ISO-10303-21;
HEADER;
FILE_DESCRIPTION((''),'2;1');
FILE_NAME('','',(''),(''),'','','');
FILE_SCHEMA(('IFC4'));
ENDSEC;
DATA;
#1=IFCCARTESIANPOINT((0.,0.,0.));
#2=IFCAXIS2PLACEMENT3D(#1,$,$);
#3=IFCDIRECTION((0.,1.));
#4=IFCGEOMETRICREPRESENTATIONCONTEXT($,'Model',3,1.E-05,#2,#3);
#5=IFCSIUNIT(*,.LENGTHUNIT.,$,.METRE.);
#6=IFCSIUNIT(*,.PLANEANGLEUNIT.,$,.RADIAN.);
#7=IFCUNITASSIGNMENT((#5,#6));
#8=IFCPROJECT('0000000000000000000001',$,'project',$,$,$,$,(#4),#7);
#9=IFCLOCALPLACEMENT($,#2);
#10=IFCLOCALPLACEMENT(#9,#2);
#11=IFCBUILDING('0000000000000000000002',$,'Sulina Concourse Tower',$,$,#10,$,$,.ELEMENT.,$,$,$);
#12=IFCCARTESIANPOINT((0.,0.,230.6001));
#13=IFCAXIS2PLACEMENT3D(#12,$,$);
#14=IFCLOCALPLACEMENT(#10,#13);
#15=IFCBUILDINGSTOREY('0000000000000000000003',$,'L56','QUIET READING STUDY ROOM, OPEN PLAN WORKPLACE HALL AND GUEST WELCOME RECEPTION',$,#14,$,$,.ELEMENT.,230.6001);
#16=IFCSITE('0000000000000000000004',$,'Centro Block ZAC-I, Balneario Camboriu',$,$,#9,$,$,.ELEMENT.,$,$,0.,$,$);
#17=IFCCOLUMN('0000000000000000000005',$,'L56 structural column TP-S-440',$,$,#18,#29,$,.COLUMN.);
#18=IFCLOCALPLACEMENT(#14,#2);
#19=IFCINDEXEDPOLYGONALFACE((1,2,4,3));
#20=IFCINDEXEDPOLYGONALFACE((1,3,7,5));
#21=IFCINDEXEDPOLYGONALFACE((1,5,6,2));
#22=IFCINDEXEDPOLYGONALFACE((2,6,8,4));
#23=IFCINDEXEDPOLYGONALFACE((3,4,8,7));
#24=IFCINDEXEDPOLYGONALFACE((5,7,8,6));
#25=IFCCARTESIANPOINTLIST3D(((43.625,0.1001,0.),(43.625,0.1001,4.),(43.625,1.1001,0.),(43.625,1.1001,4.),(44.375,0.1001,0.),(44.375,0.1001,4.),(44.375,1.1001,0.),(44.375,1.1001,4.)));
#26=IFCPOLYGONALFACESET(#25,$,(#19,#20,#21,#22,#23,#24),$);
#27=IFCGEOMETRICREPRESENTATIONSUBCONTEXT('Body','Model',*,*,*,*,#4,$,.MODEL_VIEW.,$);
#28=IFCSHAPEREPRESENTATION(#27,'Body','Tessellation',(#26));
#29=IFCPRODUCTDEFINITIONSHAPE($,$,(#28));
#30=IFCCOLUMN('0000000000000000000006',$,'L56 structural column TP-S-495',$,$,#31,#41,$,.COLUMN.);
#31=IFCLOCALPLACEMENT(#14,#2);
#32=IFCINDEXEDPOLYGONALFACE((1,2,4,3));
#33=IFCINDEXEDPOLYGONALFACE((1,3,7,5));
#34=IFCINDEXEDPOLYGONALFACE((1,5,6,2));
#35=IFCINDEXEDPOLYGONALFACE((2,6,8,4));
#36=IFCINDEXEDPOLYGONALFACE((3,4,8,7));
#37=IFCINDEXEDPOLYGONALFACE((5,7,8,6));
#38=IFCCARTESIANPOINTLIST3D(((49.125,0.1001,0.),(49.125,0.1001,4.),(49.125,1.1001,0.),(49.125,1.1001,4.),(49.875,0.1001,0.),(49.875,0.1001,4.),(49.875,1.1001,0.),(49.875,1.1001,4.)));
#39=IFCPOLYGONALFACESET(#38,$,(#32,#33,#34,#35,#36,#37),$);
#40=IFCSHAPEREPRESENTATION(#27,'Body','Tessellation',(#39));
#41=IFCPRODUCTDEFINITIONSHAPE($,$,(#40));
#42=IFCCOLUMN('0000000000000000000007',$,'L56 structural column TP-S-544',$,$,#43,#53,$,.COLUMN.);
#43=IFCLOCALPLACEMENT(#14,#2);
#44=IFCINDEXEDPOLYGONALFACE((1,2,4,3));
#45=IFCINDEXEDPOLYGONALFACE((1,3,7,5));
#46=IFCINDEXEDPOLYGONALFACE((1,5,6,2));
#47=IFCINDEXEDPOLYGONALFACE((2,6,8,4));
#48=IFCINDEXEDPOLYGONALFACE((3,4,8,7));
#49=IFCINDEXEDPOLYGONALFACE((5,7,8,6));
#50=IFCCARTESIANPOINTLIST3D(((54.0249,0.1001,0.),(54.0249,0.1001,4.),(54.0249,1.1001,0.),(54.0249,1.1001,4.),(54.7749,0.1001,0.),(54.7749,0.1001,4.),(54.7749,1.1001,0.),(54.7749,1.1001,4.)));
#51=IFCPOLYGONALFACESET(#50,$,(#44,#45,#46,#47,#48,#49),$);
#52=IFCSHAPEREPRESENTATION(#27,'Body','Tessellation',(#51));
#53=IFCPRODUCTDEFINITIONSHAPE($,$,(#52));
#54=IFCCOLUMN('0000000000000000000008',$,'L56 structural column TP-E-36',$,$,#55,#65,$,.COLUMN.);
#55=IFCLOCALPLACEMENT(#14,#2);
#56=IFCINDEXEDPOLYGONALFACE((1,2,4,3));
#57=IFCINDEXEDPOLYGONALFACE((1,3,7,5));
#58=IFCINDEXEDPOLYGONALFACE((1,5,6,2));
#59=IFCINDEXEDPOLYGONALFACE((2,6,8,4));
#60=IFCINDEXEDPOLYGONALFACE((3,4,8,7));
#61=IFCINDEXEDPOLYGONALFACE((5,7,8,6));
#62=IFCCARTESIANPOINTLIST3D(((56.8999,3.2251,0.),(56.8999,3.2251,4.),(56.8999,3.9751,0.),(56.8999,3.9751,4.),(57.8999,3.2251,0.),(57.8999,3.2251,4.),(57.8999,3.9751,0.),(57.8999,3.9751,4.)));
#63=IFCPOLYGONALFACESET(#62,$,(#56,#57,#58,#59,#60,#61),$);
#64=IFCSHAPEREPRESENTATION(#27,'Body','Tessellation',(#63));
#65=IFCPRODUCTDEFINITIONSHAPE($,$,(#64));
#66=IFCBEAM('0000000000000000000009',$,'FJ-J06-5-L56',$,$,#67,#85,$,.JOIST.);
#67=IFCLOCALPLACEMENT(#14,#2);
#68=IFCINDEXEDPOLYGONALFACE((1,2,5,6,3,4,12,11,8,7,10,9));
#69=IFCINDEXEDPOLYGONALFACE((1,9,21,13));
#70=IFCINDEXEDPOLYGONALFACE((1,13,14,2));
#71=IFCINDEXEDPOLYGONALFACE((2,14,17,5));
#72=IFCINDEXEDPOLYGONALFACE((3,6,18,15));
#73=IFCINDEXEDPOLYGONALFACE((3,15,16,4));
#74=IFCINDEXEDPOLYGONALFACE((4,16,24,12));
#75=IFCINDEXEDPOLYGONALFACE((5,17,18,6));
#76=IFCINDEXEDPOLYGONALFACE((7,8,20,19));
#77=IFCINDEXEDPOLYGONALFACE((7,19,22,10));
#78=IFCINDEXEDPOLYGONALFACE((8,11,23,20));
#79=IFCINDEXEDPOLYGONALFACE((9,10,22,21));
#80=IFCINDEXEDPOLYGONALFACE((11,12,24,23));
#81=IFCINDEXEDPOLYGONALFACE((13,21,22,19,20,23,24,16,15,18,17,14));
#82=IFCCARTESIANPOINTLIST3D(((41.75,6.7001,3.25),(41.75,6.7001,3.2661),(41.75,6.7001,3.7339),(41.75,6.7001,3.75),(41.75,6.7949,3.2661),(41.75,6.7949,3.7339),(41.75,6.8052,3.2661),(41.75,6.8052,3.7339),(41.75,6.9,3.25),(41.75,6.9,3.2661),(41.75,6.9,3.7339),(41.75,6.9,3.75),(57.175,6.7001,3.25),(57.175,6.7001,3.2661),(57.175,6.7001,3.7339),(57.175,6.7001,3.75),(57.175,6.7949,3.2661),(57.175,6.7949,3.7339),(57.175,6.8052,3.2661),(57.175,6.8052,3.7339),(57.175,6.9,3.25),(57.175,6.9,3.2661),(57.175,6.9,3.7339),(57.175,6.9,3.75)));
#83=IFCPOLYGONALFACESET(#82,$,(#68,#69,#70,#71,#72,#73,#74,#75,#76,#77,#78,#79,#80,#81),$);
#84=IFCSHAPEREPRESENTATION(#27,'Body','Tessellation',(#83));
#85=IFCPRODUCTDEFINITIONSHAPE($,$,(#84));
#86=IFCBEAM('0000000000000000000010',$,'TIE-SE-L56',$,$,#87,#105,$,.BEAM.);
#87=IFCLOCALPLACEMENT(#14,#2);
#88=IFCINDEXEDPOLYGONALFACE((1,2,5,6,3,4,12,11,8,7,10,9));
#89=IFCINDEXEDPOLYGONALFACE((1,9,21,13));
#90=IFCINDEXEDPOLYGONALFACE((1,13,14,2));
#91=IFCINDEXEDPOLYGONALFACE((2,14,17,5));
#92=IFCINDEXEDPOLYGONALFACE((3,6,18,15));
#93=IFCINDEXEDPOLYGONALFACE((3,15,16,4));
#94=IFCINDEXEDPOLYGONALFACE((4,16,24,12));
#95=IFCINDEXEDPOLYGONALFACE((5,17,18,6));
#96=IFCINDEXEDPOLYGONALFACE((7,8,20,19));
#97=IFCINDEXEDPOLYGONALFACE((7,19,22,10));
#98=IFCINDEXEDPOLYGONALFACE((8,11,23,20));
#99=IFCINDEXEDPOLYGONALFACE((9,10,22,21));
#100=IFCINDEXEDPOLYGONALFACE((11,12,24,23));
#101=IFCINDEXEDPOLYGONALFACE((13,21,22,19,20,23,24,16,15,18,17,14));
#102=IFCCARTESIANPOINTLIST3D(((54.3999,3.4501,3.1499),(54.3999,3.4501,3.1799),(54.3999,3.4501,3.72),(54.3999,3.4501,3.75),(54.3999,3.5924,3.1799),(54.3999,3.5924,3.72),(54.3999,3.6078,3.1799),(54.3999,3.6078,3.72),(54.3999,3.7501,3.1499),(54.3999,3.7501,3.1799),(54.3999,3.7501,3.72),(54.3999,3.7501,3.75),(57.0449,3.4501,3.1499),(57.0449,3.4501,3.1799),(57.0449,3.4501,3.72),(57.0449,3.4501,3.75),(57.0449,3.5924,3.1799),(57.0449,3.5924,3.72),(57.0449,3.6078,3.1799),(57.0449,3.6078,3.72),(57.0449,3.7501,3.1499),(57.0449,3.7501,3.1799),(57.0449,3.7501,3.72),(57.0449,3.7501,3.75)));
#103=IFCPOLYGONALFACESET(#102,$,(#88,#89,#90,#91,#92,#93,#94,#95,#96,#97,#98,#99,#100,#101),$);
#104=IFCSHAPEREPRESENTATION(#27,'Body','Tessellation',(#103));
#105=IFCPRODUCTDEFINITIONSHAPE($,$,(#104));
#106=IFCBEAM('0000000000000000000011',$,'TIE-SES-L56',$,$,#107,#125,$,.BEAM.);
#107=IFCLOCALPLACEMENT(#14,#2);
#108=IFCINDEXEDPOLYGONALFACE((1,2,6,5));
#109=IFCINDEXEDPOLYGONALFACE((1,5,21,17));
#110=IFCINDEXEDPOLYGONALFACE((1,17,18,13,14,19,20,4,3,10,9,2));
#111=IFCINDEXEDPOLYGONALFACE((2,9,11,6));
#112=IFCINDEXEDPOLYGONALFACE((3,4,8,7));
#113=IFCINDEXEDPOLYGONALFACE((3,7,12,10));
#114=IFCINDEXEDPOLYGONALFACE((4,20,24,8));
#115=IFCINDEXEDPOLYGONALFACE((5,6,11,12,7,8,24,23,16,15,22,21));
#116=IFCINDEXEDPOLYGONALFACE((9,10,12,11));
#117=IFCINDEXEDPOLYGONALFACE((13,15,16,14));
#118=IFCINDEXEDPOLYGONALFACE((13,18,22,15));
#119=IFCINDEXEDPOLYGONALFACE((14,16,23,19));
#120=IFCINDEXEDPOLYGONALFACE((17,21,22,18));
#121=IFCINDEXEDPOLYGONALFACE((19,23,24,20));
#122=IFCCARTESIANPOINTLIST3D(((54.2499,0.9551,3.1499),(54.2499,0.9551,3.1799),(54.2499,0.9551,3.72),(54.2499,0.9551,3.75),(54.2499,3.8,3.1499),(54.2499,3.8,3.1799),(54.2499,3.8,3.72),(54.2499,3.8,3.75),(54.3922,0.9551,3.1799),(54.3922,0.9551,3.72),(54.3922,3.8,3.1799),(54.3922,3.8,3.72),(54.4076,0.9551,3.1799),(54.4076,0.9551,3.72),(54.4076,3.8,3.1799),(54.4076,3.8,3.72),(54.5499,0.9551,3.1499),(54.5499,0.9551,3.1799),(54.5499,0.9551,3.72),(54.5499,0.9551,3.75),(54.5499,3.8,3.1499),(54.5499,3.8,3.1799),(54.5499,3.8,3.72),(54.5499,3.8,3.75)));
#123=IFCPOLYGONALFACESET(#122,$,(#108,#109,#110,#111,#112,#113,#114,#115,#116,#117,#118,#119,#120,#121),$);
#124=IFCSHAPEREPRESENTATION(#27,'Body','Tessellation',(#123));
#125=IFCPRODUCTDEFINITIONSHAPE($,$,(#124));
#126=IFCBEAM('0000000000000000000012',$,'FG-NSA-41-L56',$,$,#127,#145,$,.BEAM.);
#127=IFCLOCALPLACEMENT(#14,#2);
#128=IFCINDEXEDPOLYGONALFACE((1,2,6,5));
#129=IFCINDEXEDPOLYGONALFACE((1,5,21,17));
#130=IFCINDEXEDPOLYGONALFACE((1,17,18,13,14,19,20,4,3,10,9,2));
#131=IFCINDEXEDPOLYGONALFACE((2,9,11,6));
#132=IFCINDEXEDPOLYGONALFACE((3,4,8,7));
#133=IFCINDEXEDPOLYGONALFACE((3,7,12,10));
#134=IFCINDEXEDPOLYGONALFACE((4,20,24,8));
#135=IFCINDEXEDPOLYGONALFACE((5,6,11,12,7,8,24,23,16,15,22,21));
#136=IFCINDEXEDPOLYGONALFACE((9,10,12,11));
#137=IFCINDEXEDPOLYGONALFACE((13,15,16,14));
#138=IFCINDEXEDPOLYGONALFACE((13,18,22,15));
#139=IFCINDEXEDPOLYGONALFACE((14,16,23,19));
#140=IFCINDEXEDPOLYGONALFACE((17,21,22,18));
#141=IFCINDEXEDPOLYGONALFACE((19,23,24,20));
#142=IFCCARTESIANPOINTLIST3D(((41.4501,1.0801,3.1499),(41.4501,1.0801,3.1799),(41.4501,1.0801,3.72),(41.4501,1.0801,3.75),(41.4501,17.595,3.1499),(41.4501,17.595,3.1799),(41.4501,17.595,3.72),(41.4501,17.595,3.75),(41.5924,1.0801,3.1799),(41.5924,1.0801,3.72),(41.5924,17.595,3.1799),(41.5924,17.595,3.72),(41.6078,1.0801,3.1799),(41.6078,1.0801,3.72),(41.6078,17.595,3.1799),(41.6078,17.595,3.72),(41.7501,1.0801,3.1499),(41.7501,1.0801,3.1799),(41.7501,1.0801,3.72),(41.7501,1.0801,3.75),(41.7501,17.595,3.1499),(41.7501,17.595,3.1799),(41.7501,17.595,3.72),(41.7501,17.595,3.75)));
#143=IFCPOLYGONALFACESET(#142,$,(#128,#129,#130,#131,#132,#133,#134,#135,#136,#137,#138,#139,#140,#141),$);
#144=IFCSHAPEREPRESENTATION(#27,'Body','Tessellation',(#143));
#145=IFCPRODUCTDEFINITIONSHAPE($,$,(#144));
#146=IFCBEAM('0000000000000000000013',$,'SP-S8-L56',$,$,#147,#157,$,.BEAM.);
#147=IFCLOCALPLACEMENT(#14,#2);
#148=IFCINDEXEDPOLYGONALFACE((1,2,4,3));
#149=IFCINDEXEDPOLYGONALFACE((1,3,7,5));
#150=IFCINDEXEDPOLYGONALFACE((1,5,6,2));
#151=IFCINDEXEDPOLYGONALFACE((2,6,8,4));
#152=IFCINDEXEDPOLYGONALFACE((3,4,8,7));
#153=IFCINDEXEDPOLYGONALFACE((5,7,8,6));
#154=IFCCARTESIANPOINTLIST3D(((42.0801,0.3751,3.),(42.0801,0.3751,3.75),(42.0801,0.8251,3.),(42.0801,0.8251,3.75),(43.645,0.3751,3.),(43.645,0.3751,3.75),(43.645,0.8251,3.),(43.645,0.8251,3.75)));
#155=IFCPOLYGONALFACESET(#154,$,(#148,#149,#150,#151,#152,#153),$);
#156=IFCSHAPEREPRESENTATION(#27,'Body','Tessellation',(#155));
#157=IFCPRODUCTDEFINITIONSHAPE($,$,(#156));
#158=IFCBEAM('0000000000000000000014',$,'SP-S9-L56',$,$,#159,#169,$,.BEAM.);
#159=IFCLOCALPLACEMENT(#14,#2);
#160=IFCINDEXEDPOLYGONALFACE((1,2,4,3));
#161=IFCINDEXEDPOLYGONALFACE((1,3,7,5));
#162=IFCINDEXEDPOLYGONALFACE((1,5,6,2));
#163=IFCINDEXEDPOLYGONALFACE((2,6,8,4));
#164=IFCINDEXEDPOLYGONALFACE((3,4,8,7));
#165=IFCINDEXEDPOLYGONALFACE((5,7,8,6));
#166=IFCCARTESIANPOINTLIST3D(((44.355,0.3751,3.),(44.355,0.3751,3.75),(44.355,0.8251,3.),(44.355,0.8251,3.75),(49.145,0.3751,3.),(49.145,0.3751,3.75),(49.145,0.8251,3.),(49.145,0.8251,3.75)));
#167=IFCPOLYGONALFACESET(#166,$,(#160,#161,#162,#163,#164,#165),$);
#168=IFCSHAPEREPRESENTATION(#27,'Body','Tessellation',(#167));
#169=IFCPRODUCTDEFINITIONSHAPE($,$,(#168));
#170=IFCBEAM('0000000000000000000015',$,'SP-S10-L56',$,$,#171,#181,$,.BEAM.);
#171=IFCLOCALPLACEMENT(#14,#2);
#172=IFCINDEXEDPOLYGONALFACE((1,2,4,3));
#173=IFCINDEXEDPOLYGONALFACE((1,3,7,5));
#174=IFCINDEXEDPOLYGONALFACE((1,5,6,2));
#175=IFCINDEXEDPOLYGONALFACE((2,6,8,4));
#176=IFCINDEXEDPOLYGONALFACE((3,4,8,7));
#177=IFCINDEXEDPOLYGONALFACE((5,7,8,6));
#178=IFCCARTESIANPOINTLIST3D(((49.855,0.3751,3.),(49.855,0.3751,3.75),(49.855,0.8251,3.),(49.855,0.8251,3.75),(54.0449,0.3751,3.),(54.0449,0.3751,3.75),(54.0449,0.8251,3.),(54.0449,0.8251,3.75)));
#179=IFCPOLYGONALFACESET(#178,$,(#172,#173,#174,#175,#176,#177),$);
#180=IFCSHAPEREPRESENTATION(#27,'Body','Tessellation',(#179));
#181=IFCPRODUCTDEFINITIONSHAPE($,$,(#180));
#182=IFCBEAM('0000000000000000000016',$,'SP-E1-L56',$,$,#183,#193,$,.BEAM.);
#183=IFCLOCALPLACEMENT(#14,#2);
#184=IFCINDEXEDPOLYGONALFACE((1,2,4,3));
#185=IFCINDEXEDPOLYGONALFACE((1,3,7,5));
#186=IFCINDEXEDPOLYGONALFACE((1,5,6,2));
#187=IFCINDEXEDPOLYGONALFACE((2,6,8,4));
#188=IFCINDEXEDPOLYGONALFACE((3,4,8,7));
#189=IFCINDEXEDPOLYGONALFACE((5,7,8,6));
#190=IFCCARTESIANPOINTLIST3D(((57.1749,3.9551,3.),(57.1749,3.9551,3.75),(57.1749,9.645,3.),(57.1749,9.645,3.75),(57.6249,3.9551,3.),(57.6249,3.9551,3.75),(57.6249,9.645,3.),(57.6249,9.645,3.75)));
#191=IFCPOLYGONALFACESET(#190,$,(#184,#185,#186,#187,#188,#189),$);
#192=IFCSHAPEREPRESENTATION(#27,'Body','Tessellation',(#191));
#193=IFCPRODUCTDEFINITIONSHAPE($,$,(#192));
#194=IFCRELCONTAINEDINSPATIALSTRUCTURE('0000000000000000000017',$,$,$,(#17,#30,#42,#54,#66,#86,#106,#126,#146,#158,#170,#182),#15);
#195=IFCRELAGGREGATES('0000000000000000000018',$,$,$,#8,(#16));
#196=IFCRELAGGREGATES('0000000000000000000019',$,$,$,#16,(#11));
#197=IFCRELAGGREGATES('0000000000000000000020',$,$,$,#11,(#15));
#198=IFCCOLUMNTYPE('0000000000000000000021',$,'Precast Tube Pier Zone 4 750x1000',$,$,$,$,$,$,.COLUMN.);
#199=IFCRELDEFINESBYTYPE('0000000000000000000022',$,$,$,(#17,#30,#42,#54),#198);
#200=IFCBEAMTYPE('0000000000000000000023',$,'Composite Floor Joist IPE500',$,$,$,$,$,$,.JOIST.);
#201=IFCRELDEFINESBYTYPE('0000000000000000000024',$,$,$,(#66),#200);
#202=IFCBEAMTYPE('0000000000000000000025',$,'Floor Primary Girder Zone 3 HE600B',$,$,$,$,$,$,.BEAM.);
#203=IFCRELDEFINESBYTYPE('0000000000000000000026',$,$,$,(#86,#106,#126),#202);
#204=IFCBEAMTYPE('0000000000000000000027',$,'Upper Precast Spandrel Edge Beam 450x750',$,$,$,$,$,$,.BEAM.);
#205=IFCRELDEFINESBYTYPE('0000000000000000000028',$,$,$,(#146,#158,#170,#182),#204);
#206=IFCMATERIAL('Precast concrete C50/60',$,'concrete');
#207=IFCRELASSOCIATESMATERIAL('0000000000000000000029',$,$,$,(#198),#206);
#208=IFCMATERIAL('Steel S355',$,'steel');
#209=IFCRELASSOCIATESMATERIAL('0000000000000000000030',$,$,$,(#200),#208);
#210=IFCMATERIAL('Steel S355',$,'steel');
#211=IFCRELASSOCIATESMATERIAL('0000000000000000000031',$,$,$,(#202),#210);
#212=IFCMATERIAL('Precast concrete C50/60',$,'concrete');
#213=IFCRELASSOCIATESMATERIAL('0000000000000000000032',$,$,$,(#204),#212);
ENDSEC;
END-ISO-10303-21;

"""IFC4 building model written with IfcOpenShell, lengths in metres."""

from ifc_helpers import new_model, si_unit, direction, frame, origin, origin_2d, place, context, subcontext, project, spatial, rectangle, i_section, extrude, material, material_profile, profile_set, type_object, element, save


model = new_model("IFC4")

# Units and contexts
model_context = context("Model", 3, precision=1e-05, world=origin(), true_north=direction((0.0, 1.0)))
body_context = subcontext(model_context, "Body", "Model", "MODEL_VIEW")
ifc_project = project(units=[si_unit("LENGTHUNIT", "METRE"), si_unit("PLANEANGLEUNIT", "RADIAN")], contexts=[model_context])

# Site, building, storey
site_placement = place(None, origin())
site = spatial("IfcSite", under=ifc_project, at=site_placement, Name="Centro Block ZAC-I, Balneario Camboriu", CompositionType="ELEMENT", RefElevation=0.0)
building_placement = place(site_placement, origin())
building = spatial("IfcBuilding", under=site, at=building_placement, Name="Sulina Concourse Tower", CompositionType="ELEMENT")
storey_placement = place(building_placement, frame((0.0, 0.0, 230.6001)))
storey = spatial("IfcBuildingStorey", under=building, at=storey_placement, Name="L56", Description="QUIET READING STUDY ROOM, OPEN PLAN WORKPLACE HALL AND GUEST WELCOME RECEPTION", CompositionType="ELEMENT", Elevation=230.6001)

# Columns
ifc_material_1 = material(Name="Precast concrete C50/60", Category="concrete")
ifc_material_profile_1 = material_profile(ifc_material_1, rectangle(XDim=0.75, YDim=1.0, at=origin_2d()), Name="PC 750x1000")
ifc_profile_set_1 = profile_set([ifc_material_profile_1], Name="Precast concrete C50/60")
column_type = type_object("IfcColumnType", Name="Precast Tube Pier Zone 4 750x1000", PredefinedType="COLUMN", material=ifc_profile_set_1)
for number, where, z_axis, x_axis, name in (
    (1, (44.0, 0.6001, 0.0), (0.0, 0.0, 1.0), (1.0, 0.0, 0.0), "L56 structural column TP-S-440"),
    (2, (49.5, 0.6001, 0.0), (0.0, 0.0, 1.0), (1.0, 0.0, 0.0), "L56 structural column TP-S-495"),
    (3, (54.3999, 0.6001, 0.0), (0.0, 0.0, 1.0), (1.0, 0.0, 0.0), "L56 structural column TP-S-544"),
    (4, (57.3999, 3.6001, 0.0), (0.0, 0.0, 1.0), (0.0, 1.0, 0.0), "L56 structural column TP-E-36"),
):
    element("IfcColumn", number, at=place(storey_placement, frame(where, z_axis=z_axis, x_axis=x_axis)), inside=storey, type_object=column_type, Name=name, PredefinedType="COLUMN", context=body_context, shape_type="SweptSolid", body=[
        extrude(rectangle(XDim=0.75, YDim=1.0, at=origin_2d()), origin(), (0.0, 0.0, 1.0), 4.0),
    ])

# Beams
ifc_material_2 = material(Name="Steel S355", Category="steel")
ifc_material_profile_2 = material_profile(ifc_material_2, i_section(OverallWidth=0.2, OverallDepth=0.5, WebThickness=0.0103, FlangeThickness=0.0161, at=origin_2d()), Name="IPE 500")
ifc_profile_set_2 = profile_set([ifc_material_profile_2], Name="Steel S355")
beam_type_1 = type_object("IfcBeamType", Name="Composite Floor Joist IPE500", PredefinedType="JOIST", material=ifc_profile_set_2)
beam_1_placement = place(storey_placement, frame((41.75, 6.8, 3.5), z_axis=(1.0, 0.0, 0.0), x_axis=(0.0, 1.0, 0.0)))
element("IfcBeam", 5, at=beam_1_placement, inside=storey, type_object=beam_type_1, Name="FJ-J06-5-L56", PredefinedType="JOIST", context=body_context, shape_type="SweptSolid", body=[
    extrude(i_section(OverallWidth=0.2, OverallDepth=0.5, WebThickness=0.0103, FlangeThickness=0.0161, at=origin_2d()), origin(), (0.0, 0.0, 1.0), 15.425),
])
ifc_material_3 = material(Name="Steel S355", Category="steel")
ifc_material_profile_3 = material_profile(ifc_material_3, i_section(OverallWidth=0.3, OverallDepth=0.6001, WebThickness=0.0154, FlangeThickness=0.03, at=origin_2d()), Name="HE 600 B")
ifc_profile_set_3 = profile_set([ifc_material_profile_3], Name="Steel S355")
beam_type_2 = type_object("IfcBeamType", Name="Floor Primary Girder Zone 3 HE600B", PredefinedType="BEAM", material=ifc_profile_set_3)
beam_2_placement = place(storey_placement, frame((54.3999, 3.6001, 3.45), z_axis=(1.0, 0.0, 0.0), x_axis=(0.0, 1.0, 0.0)))
element("IfcBeam", 6, at=beam_2_placement, inside=storey, type_object=beam_type_2, Name="TIE-SE-L56", PredefinedType="BEAM", context=body_context, shape_type="SweptSolid", body=[
    extrude(i_section(OverallWidth=0.3, OverallDepth=0.6001, WebThickness=0.0154, FlangeThickness=0.03, at=origin_2d()), origin(), (0.0, 0.0, 1.0), 2.645),
])
beam_3_placement = place(storey_placement, frame((54.3999, 0.9551, 3.45), z_axis=(0.0, 1.0, 0.0), x_axis=(-1.0, 0.0, 0.0)))
element("IfcBeam", 7, at=beam_3_placement, inside=storey, type_object=beam_type_2, Name="TIE-SES-L56", PredefinedType="BEAM", context=body_context, shape_type="SweptSolid", body=[
    extrude(i_section(OverallWidth=0.3, OverallDepth=0.6001, WebThickness=0.0154, FlangeThickness=0.03, at=origin_2d()), origin(), (0.0, 0.0, 1.0), 2.845),
])
beam_4_placement = place(storey_placement, frame((41.6001, 1.0801, 3.45), z_axis=(0.0, 1.0, 0.0), x_axis=(-1.0, 0.0, 0.0)))
element("IfcBeam", 8, at=beam_4_placement, inside=storey, type_object=beam_type_2, Name="FG-NSA-41-L56", PredefinedType="BEAM", context=body_context, shape_type="SweptSolid", body=[
    extrude(i_section(OverallWidth=0.3, OverallDepth=0.6001, WebThickness=0.0154, FlangeThickness=0.03, at=origin_2d()), origin(), (0.0, 0.0, 1.0), 16.5149),
])
ifc_material_4 = material(Name="Precast concrete C50/60", Category="concrete")
ifc_material_profile_4 = material_profile(ifc_material_4, rectangle(XDim=0.45, YDim=0.75, at=origin_2d()), Name="RC 450x750")
ifc_profile_set_4 = profile_set([ifc_material_profile_4], Name="Precast concrete C50/60")
beam_type_3 = type_object("IfcBeamType", Name="Upper Precast Spandrel Edge Beam 450x750", PredefinedType="BEAM", material=ifc_profile_set_4)
beam_5_placement = place(storey_placement, frame((42.0801, 0.6001, 3.375), z_axis=(1.0, 0.0, 0.0), x_axis=(0.0, 1.0, 0.0)))
element("IfcBeam", 9, at=beam_5_placement, inside=storey, type_object=beam_type_3, Name="SP-S8-L56", PredefinedType="BEAM", context=body_context, shape_type="SweptSolid", body=[
    extrude(rectangle(XDim=0.45, YDim=0.75, at=origin_2d()), origin(), (0.0, 0.0, 1.0), 1.5649),
])
beam_6_placement = place(storey_placement, frame((44.355, 0.6001, 3.375), z_axis=(1.0, 0.0, 0.0), x_axis=(0.0, 1.0, 0.0)))
element("IfcBeam", 10, at=beam_6_placement, inside=storey, type_object=beam_type_3, Name="SP-S9-L56", PredefinedType="BEAM", context=body_context, shape_type="SweptSolid", body=[
    extrude(rectangle(XDim=0.45, YDim=0.75, at=origin_2d()), origin(), (0.0, 0.0, 1.0), 4.79),
])
beam_7_placement = place(storey_placement, frame((49.855, 0.6001, 3.375), z_axis=(1.0, 0.0, 0.0), x_axis=(0.0, 1.0, 0.0)))
element("IfcBeam", 11, at=beam_7_placement, inside=storey, type_object=beam_type_3, Name="SP-S10-L56", PredefinedType="BEAM", context=body_context, shape_type="SweptSolid", body=[
    extrude(rectangle(XDim=0.45, YDim=0.75, at=origin_2d()), origin(), (0.0, 0.0, 1.0), 4.1899),
])
beam_8_placement = place(storey_placement, frame((57.3999, 3.9551, 3.375), z_axis=(0.0, 1.0, 0.0), x_axis=(-1.0, 0.0, 0.0)))
element("IfcBeam", 12, at=beam_8_placement, inside=storey, type_object=beam_type_3, Name="SP-E1-L56", PredefinedType="BEAM", context=body_context, shape_type="SweptSolid", body=[
    extrude(rectangle(XDim=0.45, YDim=0.75, at=origin_2d()), origin(), (0.0, 0.0, 1.0), 5.6899),
])

save(model, "model.ifc")
